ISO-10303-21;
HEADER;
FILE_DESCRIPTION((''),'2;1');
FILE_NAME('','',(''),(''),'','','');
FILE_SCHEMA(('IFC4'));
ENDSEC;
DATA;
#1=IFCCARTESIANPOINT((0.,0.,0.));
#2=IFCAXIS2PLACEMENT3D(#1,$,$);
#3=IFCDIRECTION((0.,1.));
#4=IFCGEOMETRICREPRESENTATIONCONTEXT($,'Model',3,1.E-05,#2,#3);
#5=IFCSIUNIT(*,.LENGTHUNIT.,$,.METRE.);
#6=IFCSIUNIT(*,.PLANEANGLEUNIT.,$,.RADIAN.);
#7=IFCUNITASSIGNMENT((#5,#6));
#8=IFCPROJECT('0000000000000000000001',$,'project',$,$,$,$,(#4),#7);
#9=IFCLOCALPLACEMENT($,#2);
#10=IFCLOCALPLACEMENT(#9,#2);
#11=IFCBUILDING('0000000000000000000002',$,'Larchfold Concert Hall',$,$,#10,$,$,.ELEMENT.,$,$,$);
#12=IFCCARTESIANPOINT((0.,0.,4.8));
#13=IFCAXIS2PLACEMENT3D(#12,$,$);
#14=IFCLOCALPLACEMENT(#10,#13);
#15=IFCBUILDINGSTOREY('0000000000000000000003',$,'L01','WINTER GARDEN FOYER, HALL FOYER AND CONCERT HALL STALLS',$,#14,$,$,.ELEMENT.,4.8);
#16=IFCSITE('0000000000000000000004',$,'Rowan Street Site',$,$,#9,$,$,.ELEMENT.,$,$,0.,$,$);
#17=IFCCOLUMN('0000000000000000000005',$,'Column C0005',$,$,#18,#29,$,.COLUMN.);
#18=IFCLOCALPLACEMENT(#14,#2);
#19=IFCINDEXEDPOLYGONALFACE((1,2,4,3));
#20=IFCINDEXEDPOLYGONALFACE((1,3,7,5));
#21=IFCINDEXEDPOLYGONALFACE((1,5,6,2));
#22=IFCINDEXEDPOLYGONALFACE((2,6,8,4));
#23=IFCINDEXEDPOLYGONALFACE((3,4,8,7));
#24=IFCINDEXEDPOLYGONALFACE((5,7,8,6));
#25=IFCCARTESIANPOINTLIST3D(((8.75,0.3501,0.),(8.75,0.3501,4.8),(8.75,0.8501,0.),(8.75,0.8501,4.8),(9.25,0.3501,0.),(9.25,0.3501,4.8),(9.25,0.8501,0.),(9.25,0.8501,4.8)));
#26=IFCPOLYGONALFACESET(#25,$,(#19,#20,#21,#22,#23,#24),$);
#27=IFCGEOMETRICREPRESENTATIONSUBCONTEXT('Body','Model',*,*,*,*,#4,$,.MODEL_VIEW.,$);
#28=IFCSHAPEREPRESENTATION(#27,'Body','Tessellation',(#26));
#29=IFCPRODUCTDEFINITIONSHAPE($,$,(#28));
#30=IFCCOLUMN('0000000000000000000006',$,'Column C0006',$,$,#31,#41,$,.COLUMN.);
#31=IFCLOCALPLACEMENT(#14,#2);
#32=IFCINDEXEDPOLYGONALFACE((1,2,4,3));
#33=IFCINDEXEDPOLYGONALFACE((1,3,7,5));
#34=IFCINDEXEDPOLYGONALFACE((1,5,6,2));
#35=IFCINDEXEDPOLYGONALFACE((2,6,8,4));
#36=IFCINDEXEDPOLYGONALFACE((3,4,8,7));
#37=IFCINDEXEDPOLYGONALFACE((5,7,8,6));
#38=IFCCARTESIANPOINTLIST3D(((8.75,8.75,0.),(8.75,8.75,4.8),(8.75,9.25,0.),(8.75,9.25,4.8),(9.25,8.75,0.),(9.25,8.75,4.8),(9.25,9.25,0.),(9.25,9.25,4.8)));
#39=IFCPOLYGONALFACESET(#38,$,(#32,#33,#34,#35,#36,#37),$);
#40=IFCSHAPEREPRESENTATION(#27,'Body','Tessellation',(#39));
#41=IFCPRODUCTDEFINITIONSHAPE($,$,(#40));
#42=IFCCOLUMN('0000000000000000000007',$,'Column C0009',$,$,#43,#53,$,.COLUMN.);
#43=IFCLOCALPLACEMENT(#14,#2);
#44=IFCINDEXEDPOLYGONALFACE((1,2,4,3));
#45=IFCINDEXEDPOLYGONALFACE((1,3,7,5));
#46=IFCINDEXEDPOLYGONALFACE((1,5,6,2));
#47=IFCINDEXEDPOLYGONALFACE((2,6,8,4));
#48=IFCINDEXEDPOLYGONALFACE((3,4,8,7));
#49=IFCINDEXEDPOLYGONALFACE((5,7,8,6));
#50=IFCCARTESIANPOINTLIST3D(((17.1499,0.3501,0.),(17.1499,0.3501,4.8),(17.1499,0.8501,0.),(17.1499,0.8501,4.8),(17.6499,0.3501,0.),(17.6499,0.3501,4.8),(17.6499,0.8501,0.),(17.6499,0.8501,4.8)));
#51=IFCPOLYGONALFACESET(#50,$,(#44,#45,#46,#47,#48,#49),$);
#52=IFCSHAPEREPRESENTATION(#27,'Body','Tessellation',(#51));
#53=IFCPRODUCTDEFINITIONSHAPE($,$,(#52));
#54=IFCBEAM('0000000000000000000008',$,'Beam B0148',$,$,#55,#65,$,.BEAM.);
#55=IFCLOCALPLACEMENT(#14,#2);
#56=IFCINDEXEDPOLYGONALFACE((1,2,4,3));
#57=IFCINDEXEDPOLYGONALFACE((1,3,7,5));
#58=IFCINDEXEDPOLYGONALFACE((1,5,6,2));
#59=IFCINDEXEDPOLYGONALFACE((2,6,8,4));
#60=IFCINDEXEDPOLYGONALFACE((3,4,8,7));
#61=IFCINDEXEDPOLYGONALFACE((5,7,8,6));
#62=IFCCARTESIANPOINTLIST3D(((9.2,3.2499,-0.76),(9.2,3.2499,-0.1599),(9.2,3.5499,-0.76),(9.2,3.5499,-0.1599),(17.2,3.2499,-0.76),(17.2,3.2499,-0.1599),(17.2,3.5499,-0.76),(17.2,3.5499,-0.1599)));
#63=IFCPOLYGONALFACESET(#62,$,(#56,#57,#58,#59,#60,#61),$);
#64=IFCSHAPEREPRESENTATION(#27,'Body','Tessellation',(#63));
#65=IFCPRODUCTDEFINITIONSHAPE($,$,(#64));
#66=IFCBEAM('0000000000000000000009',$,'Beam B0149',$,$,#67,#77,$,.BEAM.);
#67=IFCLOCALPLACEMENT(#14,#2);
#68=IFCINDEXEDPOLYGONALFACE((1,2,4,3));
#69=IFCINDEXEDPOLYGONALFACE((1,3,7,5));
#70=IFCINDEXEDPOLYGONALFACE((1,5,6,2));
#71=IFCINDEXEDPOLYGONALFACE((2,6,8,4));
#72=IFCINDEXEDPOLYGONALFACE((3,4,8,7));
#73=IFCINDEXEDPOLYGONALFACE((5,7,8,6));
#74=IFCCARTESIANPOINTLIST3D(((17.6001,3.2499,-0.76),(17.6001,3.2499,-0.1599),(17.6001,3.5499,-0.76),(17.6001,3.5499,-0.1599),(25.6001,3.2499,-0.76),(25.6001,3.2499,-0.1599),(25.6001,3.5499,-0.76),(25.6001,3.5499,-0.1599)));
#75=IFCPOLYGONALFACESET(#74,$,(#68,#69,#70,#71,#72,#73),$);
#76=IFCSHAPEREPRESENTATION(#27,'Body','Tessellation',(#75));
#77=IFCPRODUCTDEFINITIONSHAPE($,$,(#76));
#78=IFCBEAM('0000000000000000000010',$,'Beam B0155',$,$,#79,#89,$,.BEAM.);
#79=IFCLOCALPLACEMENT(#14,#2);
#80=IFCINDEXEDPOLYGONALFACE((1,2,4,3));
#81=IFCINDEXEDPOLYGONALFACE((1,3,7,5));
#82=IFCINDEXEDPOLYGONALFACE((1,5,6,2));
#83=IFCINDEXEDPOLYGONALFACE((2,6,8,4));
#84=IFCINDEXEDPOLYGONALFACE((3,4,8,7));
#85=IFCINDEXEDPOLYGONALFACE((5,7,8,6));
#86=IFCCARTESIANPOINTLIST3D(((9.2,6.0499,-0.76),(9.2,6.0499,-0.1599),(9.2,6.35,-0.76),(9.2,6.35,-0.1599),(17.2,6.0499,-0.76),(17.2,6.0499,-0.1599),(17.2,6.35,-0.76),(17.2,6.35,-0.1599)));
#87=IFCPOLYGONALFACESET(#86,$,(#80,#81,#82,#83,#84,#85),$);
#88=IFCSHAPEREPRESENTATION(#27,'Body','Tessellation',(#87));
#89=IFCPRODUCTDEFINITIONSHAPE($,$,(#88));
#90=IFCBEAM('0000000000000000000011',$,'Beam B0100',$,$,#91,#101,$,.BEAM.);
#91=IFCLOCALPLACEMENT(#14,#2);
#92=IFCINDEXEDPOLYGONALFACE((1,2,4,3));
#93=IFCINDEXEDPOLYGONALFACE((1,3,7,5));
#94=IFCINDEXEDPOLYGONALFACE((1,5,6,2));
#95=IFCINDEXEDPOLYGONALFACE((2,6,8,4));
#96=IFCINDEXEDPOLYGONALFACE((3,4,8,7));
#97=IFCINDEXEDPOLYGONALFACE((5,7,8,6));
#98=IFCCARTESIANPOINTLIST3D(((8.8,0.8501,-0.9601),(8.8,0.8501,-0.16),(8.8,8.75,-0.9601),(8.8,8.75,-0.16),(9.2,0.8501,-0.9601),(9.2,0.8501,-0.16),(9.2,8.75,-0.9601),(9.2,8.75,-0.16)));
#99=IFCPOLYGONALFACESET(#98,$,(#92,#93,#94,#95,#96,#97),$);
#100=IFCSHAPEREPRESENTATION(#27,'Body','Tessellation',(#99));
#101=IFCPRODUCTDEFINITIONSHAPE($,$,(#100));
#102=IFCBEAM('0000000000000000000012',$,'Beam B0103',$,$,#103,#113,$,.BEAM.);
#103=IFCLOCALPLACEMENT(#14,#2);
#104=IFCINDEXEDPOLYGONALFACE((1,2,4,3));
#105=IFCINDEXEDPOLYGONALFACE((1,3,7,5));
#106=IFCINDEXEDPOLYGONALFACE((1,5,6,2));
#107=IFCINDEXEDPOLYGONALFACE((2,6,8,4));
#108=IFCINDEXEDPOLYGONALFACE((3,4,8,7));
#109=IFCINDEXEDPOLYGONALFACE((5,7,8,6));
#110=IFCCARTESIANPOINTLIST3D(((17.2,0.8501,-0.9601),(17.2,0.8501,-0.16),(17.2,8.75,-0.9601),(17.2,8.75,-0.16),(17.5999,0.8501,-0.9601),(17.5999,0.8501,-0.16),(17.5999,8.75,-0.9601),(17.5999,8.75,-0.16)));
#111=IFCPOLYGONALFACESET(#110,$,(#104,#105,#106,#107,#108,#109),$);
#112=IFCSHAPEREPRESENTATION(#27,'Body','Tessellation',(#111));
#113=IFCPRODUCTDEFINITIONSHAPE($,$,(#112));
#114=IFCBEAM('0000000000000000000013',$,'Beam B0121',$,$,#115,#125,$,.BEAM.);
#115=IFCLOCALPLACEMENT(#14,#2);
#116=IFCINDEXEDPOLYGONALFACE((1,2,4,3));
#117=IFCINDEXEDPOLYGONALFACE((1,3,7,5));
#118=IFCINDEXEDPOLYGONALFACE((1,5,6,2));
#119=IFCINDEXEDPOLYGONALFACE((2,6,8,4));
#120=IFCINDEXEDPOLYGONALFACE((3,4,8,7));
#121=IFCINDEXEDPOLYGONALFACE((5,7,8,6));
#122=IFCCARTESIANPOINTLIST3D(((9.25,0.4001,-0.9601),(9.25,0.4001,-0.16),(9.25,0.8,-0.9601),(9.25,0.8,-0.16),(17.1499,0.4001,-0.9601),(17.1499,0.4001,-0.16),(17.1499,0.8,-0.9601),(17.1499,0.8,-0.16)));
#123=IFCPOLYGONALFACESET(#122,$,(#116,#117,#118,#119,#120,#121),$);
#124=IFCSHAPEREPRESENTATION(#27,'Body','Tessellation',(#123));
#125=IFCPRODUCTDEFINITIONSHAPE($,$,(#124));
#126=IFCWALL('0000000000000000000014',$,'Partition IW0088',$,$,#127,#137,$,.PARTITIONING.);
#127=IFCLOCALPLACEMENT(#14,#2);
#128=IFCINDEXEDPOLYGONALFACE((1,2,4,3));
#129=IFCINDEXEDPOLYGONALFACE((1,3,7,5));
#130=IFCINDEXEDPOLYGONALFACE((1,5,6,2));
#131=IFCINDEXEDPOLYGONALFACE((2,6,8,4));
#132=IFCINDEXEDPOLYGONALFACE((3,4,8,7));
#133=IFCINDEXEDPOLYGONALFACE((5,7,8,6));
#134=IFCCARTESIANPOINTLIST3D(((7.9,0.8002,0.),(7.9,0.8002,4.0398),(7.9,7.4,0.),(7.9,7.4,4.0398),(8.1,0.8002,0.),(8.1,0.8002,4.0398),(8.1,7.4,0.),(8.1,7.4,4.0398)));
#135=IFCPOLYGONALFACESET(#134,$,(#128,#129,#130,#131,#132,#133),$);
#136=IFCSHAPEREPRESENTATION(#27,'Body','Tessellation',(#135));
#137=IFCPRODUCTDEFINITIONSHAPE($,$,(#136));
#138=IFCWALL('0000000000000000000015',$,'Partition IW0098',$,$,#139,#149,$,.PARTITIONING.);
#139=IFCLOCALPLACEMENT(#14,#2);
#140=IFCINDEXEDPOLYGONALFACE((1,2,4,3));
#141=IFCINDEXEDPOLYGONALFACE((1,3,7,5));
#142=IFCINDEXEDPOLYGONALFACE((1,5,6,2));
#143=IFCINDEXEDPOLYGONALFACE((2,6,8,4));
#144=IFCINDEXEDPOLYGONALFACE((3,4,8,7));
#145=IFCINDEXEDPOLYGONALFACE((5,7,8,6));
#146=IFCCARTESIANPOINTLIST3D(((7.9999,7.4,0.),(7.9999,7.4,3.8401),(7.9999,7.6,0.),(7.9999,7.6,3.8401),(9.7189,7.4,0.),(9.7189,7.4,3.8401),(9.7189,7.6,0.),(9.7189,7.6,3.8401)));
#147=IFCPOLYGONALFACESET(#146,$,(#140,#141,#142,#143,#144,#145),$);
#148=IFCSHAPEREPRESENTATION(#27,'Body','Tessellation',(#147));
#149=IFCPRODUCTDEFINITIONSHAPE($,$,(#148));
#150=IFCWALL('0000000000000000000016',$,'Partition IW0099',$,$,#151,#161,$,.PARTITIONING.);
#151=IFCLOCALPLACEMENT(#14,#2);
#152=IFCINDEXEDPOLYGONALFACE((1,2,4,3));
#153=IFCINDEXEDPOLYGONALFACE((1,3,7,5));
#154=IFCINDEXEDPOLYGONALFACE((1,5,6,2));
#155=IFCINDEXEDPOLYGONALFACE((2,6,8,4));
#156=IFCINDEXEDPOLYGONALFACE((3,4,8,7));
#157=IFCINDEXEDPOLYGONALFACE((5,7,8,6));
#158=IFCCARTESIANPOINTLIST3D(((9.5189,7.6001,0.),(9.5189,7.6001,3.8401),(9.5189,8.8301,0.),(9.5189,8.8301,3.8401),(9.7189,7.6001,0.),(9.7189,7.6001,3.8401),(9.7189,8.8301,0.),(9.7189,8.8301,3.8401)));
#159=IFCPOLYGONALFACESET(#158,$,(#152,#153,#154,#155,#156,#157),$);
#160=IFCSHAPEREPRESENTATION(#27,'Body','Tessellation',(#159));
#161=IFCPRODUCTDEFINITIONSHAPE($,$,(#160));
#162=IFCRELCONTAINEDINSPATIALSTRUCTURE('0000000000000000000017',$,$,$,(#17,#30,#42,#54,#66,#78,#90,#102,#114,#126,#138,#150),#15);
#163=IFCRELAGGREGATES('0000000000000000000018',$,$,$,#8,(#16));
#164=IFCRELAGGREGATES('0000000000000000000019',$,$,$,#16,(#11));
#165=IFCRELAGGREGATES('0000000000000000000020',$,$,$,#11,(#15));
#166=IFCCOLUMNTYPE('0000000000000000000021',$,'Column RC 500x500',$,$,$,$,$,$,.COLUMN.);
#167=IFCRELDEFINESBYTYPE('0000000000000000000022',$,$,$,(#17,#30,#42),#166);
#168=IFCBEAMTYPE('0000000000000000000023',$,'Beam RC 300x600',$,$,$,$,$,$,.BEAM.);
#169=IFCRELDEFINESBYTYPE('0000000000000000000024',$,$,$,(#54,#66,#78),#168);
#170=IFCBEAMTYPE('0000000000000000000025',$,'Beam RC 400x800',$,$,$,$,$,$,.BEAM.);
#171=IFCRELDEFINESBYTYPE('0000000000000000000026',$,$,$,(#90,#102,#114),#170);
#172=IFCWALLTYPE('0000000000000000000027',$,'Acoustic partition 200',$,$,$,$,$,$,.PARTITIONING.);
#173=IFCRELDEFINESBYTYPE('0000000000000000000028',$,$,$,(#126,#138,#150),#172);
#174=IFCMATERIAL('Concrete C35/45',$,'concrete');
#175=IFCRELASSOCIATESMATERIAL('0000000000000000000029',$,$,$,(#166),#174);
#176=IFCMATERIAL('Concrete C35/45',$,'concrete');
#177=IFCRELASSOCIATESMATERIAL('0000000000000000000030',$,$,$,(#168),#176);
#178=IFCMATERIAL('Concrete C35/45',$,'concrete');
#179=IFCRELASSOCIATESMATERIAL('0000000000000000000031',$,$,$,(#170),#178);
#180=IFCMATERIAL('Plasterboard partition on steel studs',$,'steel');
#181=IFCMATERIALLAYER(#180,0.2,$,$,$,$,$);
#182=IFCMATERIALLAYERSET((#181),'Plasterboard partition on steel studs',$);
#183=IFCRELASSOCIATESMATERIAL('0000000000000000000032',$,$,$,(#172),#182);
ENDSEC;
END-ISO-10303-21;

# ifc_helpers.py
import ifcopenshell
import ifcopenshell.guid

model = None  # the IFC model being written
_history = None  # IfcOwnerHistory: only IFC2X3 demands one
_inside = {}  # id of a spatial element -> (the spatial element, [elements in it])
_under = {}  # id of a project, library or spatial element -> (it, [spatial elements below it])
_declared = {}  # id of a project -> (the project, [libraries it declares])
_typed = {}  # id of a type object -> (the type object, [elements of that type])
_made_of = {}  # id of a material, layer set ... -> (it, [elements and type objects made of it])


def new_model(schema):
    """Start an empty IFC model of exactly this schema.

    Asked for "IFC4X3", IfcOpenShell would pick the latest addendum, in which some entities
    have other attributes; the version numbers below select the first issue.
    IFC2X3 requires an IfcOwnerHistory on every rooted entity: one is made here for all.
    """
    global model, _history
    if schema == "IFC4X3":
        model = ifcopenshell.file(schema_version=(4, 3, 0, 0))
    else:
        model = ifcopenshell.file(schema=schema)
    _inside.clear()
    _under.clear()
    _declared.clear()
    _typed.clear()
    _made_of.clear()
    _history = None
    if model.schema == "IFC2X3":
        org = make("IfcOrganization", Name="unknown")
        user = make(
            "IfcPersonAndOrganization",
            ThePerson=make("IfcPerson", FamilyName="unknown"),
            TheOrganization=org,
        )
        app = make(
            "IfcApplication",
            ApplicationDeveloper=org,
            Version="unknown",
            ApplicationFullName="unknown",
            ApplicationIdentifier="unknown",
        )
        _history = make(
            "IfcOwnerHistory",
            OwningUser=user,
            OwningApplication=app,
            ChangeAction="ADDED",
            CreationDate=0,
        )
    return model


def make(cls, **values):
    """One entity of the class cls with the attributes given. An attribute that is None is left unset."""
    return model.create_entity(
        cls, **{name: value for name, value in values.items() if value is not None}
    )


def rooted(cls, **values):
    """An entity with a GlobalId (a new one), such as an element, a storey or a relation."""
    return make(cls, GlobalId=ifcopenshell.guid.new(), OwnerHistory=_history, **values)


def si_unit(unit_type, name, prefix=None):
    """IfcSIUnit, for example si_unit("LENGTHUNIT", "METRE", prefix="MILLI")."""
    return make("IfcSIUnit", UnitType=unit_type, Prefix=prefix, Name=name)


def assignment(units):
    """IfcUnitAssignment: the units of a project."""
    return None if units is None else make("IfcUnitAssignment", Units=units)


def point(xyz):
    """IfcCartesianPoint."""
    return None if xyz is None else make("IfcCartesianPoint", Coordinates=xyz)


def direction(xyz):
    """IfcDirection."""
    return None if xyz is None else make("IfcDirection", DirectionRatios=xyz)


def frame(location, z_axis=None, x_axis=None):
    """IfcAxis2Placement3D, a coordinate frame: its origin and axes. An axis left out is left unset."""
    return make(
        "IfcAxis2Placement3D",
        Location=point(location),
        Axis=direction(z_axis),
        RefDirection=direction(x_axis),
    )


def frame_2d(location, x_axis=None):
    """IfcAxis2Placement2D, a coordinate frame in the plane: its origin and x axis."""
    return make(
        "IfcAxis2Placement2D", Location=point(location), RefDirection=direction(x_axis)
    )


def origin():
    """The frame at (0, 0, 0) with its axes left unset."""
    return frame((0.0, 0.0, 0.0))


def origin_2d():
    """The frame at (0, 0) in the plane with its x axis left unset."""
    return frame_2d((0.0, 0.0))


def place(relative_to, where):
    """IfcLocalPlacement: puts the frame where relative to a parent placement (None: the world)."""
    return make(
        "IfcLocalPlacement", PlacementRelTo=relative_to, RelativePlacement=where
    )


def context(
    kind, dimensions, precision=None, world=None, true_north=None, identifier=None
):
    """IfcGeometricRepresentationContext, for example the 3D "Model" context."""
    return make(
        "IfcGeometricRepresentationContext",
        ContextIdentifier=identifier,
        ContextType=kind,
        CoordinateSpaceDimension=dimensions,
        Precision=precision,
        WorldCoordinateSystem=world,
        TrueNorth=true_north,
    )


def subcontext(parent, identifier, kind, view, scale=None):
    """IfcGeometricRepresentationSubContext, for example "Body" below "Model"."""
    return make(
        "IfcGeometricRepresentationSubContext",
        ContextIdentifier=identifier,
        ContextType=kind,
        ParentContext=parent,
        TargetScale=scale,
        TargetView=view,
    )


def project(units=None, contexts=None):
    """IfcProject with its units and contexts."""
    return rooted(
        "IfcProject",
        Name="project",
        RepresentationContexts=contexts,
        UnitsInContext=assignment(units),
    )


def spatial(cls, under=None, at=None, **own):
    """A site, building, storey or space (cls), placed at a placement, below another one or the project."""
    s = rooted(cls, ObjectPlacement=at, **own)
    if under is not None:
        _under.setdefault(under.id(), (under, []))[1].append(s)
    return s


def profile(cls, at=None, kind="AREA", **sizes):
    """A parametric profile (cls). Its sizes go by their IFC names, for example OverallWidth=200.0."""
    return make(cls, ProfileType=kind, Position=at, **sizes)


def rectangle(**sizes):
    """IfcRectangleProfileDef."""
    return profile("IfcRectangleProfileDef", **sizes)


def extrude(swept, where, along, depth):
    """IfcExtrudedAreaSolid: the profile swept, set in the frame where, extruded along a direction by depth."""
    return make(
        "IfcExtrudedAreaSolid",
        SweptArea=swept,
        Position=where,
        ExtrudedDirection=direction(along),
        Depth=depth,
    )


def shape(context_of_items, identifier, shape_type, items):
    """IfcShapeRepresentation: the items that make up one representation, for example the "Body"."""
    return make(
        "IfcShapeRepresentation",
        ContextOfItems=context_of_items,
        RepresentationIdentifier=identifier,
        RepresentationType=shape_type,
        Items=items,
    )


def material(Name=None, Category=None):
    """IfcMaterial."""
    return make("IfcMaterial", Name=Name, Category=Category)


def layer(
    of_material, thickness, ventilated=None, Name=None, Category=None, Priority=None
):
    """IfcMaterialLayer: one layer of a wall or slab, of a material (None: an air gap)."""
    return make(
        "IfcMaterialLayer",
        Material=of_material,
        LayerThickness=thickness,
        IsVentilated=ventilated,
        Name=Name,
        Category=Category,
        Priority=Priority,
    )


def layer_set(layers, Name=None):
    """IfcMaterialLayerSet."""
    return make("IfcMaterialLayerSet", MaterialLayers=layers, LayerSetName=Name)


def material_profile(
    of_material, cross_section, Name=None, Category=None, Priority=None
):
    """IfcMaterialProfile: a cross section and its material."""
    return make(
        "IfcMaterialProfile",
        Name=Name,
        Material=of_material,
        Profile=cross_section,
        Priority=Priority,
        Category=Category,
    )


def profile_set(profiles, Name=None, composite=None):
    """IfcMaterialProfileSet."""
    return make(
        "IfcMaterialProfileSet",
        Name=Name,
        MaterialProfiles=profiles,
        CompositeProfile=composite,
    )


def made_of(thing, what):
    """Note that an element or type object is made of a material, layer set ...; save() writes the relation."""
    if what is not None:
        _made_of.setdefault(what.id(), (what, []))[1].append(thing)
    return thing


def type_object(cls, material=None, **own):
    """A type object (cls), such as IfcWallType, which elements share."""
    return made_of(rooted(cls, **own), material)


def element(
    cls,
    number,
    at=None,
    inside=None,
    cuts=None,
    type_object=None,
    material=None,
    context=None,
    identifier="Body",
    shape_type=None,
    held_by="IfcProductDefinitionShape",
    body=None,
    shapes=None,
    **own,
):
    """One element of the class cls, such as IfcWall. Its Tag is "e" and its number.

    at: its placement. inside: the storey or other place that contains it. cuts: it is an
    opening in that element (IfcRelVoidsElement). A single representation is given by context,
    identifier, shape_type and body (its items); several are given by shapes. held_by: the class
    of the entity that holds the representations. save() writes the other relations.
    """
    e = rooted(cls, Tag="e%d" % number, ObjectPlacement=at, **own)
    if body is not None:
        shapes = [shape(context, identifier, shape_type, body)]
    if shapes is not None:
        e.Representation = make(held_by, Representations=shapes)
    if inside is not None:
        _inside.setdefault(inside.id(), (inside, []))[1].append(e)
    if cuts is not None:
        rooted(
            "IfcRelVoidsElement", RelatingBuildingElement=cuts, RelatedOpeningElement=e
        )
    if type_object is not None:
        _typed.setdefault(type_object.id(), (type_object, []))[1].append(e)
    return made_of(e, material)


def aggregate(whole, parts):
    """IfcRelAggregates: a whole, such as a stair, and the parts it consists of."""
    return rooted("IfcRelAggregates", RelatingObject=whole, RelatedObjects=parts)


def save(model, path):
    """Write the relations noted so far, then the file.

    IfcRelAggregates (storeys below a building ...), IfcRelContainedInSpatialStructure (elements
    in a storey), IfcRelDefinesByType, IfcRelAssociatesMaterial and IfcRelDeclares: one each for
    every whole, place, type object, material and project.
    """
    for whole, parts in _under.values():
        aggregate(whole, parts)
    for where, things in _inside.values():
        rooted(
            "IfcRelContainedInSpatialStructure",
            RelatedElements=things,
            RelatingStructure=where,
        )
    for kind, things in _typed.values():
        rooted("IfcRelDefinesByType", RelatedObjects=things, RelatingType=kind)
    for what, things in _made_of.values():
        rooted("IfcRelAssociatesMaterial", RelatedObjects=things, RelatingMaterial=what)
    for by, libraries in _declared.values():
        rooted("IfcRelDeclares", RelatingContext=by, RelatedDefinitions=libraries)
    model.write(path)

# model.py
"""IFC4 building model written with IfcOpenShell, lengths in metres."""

from ifc_helpers import new_model, si_unit, direction, frame, frame_2d, origin, origin_2d, place, context, subcontext, project, spatial, rectangle, extrude, material, layer, layer_set, material_profile, profile_set, type_object, element, save


model = new_model("IFC4")

# Units and contexts
model_context = context("Model", 3, precision=1e-05, world=origin(), true_north=direction((0.0, 1.0)))
body_context = subcontext(model_context, "Body", "Model", "MODEL_VIEW")
ifc_project = project(units=[si_unit("LENGTHUNIT", "METRE"), si_unit("PLANEANGLEUNIT", "RADIAN")], contexts=[model_context])

# Site, building, storey
site_placement = place(None, origin())
site = spatial("IfcSite", under=ifc_project, at=site_placement, Name="Rowan Street Site", CompositionType="ELEMENT", RefElevation=0.0)
building_placement = place(site_placement, origin())
building = spatial("IfcBuilding", under=site, at=building_placement, Name="Larchfold Concert Hall", CompositionType="ELEMENT")
storey_placement = place(building_placement, frame((0.0, 0.0, 4.8)))
storey = spatial("IfcBuildingStorey", under=building, at=storey_placement, Name="L01", Description="WINTER GARDEN FOYER, HALL FOYER AND CONCERT HALL STALLS", CompositionType="ELEMENT", Elevation=4.8)

# Columns
ifc_material_1 = material(Name="Concrete C35/45", Category="concrete")
ifc_material_profile_1 = material_profile(ifc_material_1, rectangle(XDim=0.5, YDim=0.5, at=origin_2d()))
ifc_profile_set_1 = profile_set([ifc_material_profile_1], Name="Concrete C35/45")
column_type = type_object("IfcColumnType", Name="Column RC 500x500", PredefinedType="COLUMN", material=ifc_profile_set_1)
for number, where, z_axis, x_axis, name in (
    (1, (9.0, 0.6001, 0.0), (0.0, 0.0, 1.0), (1.0, 0.0, 0.0), "Column C0005"),
    (2, (9.0, 9.0, 0.0), (0.0, 0.0, 1.0), (1.0, 0.0, 0.0), "Column C0006"),
    (3, (17.3999, 0.6001, 0.0), (0.0, 0.0, 1.0), (1.0, 0.0, 0.0), "Column C0009"),
):
    element("IfcColumn", number, at=place(storey_placement, frame(where, z_axis=z_axis, x_axis=x_axis)), inside=storey, type_object=column_type, Name=name, PredefinedType="COLUMN", context=body_context, shape_type="SweptSolid", body=[
        extrude(rectangle(XDim=0.5, YDim=0.5, at=origin_2d()), origin(), (0.0, 0.0, 1.0), 4.8),
    ])

# Beams
ifc_material_2 = material(Name="Concrete C35/45", Category="concrete")
ifc_material_profile_2 = material_profile(ifc_material_2, rectangle(XDim=0.3, YDim=0.6001, at=origin_2d()))
ifc_profile_set_2 = profile_set([ifc_material_profile_2], Name="Concrete C35/45")
beam_type_1 = type_object("IfcBeamType", Name="Beam RC 300x600", PredefinedType="BEAM", material=ifc_profile_set_2)
for number, where, z_axis, x_axis, name in (
    (4, (9.2, 3.3999, -0.46), (1.0, 0.0, 0.0), (0.0, 1.0, 0.0), "Beam B0148"),
    (5, (17.6001, 3.3999, -0.46), (1.0, 0.0, 0.0), (0.0, 1.0, 0.0), "Beam B0149"),
    (6, (9.2, 6.2, -0.46), (1.0, 0.0, 0.0), (0.0, 1.0, 0.0), "Beam B0155"),
):
    element("IfcBeam", number, at=place(storey_placement, frame(where, z_axis=z_axis, x_axis=x_axis)), inside=storey, type_object=beam_type_1, Name=name, PredefinedType="BEAM", context=body_context, shape_type="SweptSolid", body=[
        extrude(rectangle(XDim=0.3, YDim=0.6001, at=origin_2d()), origin(), (0.0, 0.0, 1.0), 8.0),
    ])
ifc_material_3 = material(Name="Concrete C35/45", Category="concrete")
ifc_material_profile_3 = material_profile(ifc_material_3, rectangle(XDim=0.3999, YDim=0.8, at=origin_2d()))
ifc_profile_set_3 = profile_set([ifc_material_profile_3], Name="Concrete C35/45")
beam_type_2 = type_object("IfcBeamType", Name="Beam RC 400x800", PredefinedType="BEAM", material=ifc_profile_set_3)
for number, where, z_axis, x_axis, name in (
    (7, (9.0, 0.8501, -0.5601), (0.0, 1.0, 0.0), (-1.0, 0.0, 0.0), "Beam B0100"),
    (8, (17.3999, 0.8501, -0.5601), (0.0, 1.0, 0.0), (-1.0, 0.0, 0.0), "Beam B0103"),
    (9, (9.25, 0.6001, -0.5601), (1.0, 0.0, 0.0), (0.0, 1.0, 0.0), "Beam B0121"),
):
    element("IfcBeam", number, at=place(storey_placement, frame(where, z_axis=z_axis, x_axis=x_axis)), inside=storey, type_object=beam_type_2, Name=name, PredefinedType="BEAM", context=body_context, shape_type="SweptSolid", body=[
        extrude(rectangle(XDim=0.3999, YDim=0.8, at=origin_2d()), origin(), (0.0, 0.0, 1.0), 7.8999),
    ])

# Walls
ifc_material_4 = material(Name="Plasterboard partition on steel studs", Category="steel")
ifc_layer_1 = layer(ifc_material_4, 0.2)
ifc_layer_set_1 = layer_set([ifc_layer_1], Name="Plasterboard partition on steel studs")
wall_type_1 = type_object("IfcWallType", Name="Acoustic partition 200", PredefinedType="PARTITIONING", material=ifc_layer_set_1)
wall_1_placement = place(storey_placement, frame((8.0, 7.3999, 0.0), z_axis=(0.0, 0.0, 1.0), x_axis=(0.0, -1.0, 0.0)))
element("IfcWall", 10, at=wall_1_placement, inside=storey, type_object=wall_type_1, Name="Partition IW0088", PredefinedType="PARTITIONING", context=body_context, shape_type="SweptSolid", body=[
    extrude(rectangle(XDim=6.5999, YDim=0.2, at=frame_2d((3.2998, 0.0))), origin(), (0.0, 0.0, 1.0), 4.0398),
])
wall_2_placement = place(storey_placement, frame((8.0, 7.5, 0.0), z_axis=(0.0, 0.0, 1.0), x_axis=(1.0, 0.0, 0.0)))
element("IfcWall", 11, at=wall_2_placement, inside=storey, type_object=wall_type_1, Name="Partition IW0098", PredefinedType="PARTITIONING", context=body_context, shape_type="SweptSolid", body=[
    extrude(rectangle(XDim=1.719, YDim=0.2, at=frame_2d((0.8594, 0.0))), origin(), (0.0, 0.0, 1.0), 3.8401),
])
wall_3_placement = place(storey_placement, frame((9.6189, 7.6001, 0.0), z_axis=(0.0, 0.0, 1.0), x_axis=(0.0, 1.0, 0.0)))
element("IfcWall", 12, at=wall_3_placement, inside=storey, type_object=wall_type_1, Name="Partition IW0099", PredefinedType="PARTITIONING", context=body_context, shape_type="SweptSolid", body=[
    extrude(rectangle(XDim=1.23, YDim=0.2, at=frame_2d((0.615, 0.0))), origin(), (0.0, 0.0, 1.0), 3.8401),
])

save(model, "model.ifc")
